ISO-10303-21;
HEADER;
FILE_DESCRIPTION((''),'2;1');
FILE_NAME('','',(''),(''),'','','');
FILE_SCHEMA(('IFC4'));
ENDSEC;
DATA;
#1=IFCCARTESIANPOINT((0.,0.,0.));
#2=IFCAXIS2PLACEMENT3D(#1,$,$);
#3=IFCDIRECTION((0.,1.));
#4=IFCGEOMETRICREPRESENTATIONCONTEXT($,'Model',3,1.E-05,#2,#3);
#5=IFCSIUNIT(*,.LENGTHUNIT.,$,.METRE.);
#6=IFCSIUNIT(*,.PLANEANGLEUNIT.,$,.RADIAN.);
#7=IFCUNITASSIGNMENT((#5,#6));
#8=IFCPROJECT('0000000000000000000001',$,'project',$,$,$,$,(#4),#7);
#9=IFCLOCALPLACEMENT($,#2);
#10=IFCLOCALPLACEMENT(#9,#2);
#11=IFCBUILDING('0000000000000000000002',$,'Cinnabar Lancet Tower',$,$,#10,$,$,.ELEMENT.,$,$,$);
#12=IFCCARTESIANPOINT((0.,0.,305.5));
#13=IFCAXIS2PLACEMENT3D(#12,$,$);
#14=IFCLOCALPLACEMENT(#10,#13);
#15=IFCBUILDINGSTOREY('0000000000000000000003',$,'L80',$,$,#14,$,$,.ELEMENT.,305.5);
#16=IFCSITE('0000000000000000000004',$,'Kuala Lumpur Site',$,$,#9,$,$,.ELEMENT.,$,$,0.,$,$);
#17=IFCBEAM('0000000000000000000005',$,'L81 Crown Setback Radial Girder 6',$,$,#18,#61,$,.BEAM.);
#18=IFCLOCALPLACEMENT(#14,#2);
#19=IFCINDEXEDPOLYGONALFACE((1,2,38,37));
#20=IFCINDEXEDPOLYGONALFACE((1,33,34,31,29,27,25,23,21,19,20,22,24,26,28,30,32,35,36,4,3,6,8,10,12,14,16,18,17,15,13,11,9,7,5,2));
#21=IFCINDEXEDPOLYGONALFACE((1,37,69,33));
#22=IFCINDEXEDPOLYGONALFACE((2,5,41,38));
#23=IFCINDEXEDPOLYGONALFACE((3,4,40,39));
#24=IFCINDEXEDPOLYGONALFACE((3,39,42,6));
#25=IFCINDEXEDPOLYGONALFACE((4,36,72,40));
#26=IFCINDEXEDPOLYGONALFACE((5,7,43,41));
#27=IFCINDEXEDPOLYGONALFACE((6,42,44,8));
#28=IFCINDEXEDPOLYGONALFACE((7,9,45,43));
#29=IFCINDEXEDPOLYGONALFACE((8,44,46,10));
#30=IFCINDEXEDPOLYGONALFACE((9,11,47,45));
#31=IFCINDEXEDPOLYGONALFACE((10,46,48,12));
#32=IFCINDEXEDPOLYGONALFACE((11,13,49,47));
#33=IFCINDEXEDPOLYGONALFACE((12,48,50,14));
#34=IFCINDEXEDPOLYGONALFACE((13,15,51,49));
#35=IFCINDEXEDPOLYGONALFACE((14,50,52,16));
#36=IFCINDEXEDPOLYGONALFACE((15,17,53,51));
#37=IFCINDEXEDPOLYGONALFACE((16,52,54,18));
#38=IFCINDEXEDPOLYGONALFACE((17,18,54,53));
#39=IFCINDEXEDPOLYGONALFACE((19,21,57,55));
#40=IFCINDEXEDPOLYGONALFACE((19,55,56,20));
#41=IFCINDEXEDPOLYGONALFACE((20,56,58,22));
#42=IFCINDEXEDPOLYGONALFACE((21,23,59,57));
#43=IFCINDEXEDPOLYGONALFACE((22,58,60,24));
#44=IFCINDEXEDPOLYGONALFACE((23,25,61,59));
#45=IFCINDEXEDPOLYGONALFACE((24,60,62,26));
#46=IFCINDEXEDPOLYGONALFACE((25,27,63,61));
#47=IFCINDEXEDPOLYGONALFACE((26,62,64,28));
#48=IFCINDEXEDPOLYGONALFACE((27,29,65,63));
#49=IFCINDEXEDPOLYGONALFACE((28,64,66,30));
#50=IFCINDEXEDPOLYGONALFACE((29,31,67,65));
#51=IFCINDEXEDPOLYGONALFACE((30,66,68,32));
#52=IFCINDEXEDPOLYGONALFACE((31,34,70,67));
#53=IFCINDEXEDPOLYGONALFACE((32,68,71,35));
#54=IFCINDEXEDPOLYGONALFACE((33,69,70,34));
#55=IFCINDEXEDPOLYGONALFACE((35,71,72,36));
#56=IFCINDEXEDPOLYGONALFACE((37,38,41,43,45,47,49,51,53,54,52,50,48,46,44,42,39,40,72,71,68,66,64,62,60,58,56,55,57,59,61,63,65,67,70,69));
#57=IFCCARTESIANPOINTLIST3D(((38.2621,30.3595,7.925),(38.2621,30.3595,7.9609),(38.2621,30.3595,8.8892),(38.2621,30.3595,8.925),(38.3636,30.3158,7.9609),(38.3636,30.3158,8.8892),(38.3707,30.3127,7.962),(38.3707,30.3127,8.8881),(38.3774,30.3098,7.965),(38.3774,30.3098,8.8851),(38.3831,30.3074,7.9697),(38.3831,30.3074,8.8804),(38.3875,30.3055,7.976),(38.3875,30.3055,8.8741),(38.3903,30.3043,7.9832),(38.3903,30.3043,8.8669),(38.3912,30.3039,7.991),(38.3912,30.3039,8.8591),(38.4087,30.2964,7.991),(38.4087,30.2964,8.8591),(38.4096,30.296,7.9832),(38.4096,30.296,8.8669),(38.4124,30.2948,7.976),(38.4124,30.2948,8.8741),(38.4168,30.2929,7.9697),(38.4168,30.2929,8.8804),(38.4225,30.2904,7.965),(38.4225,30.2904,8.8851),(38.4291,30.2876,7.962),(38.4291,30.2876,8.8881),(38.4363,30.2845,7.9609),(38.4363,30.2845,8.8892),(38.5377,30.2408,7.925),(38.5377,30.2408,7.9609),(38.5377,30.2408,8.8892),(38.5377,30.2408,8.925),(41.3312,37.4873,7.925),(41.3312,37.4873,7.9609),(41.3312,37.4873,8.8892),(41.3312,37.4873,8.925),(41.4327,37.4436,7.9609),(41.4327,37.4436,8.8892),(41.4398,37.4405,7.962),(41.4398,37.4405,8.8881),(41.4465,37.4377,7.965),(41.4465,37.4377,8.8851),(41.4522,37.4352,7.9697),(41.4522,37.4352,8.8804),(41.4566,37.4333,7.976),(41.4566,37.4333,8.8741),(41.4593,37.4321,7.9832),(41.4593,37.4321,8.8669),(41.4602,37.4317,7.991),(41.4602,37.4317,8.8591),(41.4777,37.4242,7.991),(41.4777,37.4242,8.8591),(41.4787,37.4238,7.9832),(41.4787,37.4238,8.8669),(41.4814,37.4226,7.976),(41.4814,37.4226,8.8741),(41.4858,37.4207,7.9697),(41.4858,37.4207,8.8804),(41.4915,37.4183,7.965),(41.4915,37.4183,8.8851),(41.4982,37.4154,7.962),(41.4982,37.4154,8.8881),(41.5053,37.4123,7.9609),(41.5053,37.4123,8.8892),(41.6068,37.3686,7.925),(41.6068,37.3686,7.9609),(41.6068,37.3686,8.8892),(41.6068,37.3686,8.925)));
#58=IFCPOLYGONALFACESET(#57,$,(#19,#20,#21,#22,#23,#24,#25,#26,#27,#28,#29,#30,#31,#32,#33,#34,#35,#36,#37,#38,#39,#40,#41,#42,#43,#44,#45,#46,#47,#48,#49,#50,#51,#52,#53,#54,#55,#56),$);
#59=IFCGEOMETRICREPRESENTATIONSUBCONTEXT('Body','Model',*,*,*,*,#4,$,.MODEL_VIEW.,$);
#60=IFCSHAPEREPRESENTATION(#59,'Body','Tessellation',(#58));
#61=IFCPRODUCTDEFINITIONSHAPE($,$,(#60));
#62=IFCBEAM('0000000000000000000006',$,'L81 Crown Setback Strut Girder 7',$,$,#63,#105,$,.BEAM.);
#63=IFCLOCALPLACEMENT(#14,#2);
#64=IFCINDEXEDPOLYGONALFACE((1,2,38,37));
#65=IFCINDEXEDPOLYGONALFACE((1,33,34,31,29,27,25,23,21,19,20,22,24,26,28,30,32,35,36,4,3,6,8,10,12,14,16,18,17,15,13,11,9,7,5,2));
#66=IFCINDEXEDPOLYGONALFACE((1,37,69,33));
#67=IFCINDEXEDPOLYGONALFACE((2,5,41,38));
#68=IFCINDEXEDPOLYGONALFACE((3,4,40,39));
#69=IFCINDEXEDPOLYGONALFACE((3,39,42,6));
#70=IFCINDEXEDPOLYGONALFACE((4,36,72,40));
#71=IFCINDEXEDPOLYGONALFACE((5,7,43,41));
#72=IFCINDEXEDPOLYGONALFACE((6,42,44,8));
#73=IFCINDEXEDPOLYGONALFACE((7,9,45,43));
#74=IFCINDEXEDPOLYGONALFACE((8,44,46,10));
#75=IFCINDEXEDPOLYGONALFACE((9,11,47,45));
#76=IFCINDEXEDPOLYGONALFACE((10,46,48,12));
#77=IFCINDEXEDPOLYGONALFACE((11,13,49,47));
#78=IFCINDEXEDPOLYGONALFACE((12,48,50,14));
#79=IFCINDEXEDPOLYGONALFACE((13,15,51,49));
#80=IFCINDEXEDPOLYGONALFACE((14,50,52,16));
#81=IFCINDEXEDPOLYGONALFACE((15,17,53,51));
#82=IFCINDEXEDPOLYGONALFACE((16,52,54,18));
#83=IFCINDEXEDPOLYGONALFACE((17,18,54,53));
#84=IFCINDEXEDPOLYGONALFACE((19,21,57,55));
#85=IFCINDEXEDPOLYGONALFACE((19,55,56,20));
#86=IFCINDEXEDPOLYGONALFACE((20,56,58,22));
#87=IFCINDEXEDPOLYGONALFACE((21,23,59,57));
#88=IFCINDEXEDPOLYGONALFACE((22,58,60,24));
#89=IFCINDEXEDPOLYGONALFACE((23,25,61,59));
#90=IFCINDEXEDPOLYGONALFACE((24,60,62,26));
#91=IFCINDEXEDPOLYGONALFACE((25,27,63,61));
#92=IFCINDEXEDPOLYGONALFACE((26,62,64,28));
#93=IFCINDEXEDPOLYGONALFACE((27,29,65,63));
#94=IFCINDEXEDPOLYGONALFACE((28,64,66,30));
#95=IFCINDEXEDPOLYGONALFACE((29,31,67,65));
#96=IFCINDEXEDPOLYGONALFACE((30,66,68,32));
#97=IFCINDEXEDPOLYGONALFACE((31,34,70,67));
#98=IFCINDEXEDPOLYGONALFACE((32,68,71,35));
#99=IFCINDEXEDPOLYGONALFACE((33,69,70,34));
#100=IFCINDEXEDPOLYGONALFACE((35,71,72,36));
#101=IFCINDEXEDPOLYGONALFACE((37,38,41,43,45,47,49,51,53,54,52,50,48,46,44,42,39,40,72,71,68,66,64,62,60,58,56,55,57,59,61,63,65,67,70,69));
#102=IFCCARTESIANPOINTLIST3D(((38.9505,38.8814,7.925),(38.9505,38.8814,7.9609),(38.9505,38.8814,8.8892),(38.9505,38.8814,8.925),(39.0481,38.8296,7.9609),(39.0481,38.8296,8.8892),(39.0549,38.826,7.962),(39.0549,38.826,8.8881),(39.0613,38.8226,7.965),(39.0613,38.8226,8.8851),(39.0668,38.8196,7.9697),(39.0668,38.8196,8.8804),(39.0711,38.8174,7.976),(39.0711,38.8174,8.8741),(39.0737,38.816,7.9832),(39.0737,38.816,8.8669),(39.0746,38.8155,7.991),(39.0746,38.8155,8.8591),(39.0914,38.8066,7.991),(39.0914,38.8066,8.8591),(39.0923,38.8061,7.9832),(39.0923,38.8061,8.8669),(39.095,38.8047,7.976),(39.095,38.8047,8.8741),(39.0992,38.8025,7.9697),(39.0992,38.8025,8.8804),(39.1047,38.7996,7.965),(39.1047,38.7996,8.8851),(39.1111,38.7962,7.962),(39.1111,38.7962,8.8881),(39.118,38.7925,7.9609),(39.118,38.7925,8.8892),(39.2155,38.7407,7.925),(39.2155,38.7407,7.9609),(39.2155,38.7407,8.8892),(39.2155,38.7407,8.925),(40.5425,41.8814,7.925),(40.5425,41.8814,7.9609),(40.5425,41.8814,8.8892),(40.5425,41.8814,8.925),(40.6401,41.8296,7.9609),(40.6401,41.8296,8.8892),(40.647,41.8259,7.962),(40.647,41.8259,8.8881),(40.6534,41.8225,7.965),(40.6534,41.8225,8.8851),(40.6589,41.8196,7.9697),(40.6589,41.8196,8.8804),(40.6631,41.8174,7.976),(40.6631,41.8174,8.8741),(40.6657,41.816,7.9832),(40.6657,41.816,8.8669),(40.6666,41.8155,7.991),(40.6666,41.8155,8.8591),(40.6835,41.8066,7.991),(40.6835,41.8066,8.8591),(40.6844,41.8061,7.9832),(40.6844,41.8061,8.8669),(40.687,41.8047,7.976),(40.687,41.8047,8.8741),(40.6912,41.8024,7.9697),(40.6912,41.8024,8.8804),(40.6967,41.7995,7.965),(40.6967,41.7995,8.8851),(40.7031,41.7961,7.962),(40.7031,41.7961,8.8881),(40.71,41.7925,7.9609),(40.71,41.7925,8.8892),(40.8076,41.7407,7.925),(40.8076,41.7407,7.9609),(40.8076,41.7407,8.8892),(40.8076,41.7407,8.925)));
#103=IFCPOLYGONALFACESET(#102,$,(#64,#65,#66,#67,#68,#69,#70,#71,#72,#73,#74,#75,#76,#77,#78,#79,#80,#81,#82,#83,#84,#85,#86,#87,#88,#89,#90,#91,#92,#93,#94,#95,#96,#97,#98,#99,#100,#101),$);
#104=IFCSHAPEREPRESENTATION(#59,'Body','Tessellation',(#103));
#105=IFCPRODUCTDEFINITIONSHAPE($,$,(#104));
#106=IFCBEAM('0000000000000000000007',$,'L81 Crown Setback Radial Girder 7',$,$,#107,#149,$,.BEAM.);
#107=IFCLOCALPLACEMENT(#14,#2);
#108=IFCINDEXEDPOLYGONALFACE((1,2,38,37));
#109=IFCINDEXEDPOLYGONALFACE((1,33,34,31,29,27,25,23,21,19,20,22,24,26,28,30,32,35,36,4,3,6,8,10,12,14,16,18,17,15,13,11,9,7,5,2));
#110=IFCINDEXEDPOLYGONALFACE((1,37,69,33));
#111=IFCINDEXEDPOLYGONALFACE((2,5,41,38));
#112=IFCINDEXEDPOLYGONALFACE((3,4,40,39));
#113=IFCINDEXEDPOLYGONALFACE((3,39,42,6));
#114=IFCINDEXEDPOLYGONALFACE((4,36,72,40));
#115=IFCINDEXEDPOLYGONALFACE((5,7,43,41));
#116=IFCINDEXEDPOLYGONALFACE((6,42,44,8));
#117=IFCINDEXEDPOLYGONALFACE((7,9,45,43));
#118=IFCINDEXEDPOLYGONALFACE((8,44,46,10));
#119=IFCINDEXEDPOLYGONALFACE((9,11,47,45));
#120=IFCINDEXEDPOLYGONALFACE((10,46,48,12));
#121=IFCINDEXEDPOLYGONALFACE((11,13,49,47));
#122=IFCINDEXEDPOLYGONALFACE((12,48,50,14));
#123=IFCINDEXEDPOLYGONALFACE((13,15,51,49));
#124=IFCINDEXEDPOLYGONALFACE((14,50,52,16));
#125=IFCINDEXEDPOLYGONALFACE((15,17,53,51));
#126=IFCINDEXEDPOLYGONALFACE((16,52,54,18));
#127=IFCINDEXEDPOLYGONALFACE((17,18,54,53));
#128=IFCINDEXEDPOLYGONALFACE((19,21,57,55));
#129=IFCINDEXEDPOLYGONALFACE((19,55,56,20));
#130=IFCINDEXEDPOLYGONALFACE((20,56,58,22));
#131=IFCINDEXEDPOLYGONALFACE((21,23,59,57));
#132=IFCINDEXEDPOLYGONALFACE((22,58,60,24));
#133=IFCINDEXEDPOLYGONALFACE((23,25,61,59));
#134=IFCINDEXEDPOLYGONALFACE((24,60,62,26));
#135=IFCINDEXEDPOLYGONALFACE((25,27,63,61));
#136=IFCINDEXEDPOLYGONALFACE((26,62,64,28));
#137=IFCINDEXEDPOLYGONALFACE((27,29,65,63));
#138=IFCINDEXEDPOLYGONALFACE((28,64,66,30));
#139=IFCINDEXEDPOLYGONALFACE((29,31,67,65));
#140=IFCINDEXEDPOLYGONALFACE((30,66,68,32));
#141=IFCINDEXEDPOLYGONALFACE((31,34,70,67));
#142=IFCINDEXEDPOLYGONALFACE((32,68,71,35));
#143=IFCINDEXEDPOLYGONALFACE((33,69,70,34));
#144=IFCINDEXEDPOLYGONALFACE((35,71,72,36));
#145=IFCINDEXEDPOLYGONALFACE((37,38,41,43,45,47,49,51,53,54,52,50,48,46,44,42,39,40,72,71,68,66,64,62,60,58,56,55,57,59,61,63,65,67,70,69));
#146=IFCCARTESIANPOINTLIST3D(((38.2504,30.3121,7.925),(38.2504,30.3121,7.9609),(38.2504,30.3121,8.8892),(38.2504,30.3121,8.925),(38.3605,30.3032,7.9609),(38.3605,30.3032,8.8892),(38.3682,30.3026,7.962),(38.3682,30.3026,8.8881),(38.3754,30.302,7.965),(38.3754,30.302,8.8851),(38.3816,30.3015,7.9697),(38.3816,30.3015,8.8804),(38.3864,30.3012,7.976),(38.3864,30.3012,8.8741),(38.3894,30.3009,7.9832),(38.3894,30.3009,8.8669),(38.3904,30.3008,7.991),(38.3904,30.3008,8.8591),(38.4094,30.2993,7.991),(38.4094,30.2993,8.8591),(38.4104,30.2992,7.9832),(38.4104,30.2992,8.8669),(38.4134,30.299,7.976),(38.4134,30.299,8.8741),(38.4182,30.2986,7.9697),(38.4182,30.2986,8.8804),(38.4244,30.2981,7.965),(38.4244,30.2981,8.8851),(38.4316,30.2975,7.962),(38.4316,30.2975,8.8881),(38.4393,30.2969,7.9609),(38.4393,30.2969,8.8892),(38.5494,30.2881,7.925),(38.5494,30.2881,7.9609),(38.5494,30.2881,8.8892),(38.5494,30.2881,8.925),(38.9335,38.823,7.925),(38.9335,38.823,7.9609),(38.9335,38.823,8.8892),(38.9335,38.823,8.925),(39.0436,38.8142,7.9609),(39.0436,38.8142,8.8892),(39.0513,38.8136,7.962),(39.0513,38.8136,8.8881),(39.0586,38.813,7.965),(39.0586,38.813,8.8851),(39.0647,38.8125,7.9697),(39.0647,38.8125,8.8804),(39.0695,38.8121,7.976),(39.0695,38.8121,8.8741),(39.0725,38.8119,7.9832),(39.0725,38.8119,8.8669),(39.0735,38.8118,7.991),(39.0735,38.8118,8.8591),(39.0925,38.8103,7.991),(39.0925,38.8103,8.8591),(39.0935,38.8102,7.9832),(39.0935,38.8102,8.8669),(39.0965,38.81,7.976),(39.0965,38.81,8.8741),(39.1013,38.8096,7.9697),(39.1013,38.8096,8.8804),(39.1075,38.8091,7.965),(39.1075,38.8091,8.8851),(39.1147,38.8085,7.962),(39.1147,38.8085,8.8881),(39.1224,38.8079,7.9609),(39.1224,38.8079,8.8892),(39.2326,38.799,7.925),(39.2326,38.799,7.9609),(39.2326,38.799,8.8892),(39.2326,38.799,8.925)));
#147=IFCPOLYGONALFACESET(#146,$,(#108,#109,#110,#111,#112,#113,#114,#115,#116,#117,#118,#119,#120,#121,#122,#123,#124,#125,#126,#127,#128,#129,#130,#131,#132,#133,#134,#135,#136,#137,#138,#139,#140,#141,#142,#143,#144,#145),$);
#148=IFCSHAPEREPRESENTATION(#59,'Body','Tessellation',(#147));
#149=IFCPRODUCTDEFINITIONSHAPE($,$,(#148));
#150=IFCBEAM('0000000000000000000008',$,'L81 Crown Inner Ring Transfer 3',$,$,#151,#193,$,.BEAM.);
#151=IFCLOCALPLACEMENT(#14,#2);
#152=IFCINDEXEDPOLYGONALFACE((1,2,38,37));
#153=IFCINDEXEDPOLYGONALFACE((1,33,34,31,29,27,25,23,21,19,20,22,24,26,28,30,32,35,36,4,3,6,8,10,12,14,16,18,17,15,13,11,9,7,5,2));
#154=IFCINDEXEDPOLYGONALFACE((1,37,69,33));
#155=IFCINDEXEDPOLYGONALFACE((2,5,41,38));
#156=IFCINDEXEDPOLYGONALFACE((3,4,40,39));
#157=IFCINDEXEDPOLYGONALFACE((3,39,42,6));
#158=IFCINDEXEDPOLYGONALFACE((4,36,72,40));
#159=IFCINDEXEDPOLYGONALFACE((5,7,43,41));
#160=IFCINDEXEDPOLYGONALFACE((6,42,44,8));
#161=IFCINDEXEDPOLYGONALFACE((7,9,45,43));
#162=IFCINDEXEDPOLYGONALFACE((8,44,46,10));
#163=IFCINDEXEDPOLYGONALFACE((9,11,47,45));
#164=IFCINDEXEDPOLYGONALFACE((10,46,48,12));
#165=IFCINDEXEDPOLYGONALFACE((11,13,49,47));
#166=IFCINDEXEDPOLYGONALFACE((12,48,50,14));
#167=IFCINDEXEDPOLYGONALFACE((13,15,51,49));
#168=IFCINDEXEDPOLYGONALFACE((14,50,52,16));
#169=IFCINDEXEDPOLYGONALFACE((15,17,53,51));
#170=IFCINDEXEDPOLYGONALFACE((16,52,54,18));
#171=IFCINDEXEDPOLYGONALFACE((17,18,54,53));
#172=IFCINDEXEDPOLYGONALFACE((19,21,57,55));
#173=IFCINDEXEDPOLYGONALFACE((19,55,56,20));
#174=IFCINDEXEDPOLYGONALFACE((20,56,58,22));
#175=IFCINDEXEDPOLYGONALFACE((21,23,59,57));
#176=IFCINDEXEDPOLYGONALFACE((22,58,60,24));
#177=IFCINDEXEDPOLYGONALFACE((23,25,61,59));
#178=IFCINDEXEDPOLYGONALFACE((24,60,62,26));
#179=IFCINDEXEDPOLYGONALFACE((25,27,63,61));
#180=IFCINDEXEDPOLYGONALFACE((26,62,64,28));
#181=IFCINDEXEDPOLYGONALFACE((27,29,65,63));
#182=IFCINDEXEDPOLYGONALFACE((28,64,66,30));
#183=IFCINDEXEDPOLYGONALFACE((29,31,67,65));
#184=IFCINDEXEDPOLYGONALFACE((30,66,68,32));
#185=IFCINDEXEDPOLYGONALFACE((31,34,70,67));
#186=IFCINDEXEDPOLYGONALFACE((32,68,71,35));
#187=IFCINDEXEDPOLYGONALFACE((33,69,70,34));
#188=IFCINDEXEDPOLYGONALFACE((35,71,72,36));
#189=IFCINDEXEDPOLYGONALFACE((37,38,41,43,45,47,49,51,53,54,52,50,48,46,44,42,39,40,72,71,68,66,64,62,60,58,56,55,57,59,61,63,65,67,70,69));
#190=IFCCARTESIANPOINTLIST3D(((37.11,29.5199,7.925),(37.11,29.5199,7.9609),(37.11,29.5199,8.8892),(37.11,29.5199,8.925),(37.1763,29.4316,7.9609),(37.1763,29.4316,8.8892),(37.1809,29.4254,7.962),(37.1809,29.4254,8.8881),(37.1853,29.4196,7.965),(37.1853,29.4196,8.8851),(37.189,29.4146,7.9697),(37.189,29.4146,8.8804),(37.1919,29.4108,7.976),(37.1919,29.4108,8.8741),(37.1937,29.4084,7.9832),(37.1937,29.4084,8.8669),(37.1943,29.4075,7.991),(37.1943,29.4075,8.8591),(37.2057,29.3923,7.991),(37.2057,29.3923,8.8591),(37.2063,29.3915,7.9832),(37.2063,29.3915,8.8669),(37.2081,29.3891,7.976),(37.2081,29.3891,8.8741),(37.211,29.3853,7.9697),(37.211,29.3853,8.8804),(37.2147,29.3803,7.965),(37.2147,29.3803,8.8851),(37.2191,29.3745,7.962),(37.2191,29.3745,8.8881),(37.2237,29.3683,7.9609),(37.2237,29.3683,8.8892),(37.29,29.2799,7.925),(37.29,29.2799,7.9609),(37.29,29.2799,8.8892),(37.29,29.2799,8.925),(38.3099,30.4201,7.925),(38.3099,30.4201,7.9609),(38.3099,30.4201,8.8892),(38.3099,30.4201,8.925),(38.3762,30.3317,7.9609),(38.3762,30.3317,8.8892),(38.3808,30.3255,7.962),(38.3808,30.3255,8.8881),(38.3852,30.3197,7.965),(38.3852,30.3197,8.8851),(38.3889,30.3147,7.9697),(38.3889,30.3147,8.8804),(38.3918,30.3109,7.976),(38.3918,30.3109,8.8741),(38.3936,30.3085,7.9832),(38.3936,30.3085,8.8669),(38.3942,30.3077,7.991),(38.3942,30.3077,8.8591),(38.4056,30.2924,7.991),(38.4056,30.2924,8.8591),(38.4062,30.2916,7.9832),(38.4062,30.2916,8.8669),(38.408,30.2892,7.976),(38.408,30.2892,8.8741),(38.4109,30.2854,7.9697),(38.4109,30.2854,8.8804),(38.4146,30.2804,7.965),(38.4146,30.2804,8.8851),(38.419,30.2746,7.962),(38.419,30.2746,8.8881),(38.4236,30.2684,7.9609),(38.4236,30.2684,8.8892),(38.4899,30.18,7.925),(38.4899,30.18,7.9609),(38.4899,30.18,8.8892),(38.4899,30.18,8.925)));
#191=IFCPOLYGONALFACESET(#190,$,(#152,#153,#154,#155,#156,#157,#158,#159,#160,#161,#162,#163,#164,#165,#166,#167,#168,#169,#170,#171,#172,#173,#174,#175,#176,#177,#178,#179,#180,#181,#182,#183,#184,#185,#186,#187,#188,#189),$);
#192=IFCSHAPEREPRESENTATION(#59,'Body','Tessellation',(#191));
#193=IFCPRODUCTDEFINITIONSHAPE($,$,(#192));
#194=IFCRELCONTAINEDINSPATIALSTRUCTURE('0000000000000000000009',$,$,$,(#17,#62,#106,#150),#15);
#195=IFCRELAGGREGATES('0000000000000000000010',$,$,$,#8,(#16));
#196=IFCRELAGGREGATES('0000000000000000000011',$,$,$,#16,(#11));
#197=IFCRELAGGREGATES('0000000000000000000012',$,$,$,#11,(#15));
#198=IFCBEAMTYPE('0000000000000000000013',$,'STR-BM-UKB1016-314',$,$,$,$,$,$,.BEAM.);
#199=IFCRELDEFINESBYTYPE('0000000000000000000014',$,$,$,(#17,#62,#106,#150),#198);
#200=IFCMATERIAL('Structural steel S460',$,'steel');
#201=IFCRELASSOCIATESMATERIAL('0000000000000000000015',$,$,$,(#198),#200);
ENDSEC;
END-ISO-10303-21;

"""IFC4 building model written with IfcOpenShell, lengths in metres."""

from ifc_helpers import new_model, si_unit, direction, frame, origin, origin_2d, place, context, subcontext, project, spatial, i_section, extrude, material, material_profile, profile_set, type_object, element, save


model = new_model("IFC4")

# Units and contexts
model_context = context("Model", 3, precision=1e-05, world=origin(), true_north=direction((0.0, 1.0)))
body_context = subcontext(model_context, "Body", "Model", "MODEL_VIEW")
ifc_project = project(units=[si_unit("LENGTHUNIT", "METRE"), si_unit("PLANEANGLEUNIT", "RADIAN")], contexts=[model_context])

# Site, building, storey
site_placement = place(None, origin())
site = spatial("IfcSite", under=ifc_project, at=site_placement, Name="Kuala Lumpur Site", CompositionType="ELEMENT", RefElevation=0.0)
building_placement = place(site_placement, origin())
building = spatial("IfcBuilding", under=site, at=building_placement, Name="Cinnabar Lancet Tower", CompositionType="ELEMENT")
storey_placement = place(building_placement, frame((0.0, 0.0, 305.5)))
storey = spatial("IfcBuildingStorey", under=building, at=storey_placement, Name="L80", CompositionType="ELEMENT", Elevation=305.5)

# Beams
ifc_material_1 = material(Name="Structural steel S460", Category="steel")
ifc_material_profile_1 = material_profile(ifc_material_1, i_section(OverallWidth=0.3, OverallDepth=1.0, WebThickness=0.019, FlangeThickness=0.0359, FilletRadius=0.03, at=origin_2d()), Name="UKB 1016x305x314")
ifc_profile_set_1 = profile_set([ifc_material_profile_1], Name="Structural steel S460")
beam_type = type_object("IfcBeamType", Name="STR-BM-UKB1016-314", PredefinedType="BEAM", material=ifc_profile_set_1)
beam_1_placement = place(storey_placement, frame((41.469, 37.428, 8.425), z_axis=(-0.395472, -0.918478, 0.0), x_axis=(0.918478, -0.395472, 0.0)))
element("IfcBeam", 1, at=beam_1_placement, inside=storey, type_object=beam_type, Name="L81 Crown Setback Radial Girder 6", PredefinedType="BEAM", context=body_context, shape_type="SweptSolid", body=[
    extrude(i_section(OverallWidth=0.3, OverallDepth=1.0, WebThickness=0.019, FlangeThickness=0.0359, FilletRadius=0.03, at=origin_2d()), origin(), (0.0, 0.0, 1.0), 7.7605),
])
beam_2_placement = place(storey_placement, frame((40.675, 41.811, 8.425), z_axis=(-0.468763, -0.883324, 0.0), x_axis=(0.883324, -0.468763, 0.0)))
element("IfcBeam", 2, at=beam_2_placement, inside=storey, type_object=beam_type, Name="L81 Crown Setback Strut Girder 7", PredefinedType="BEAM", context=body_context, shape_type="SweptSolid", body=[
    extrude(i_section(OverallWidth=0.3, OverallDepth=1.0, WebThickness=0.019, FlangeThickness=0.0359, FilletRadius=0.03, at=origin_2d()), origin(), (0.0, 0.0, 1.0), 3.3962),
])
beam_3_placement = place(storey_placement, frame((39.083, 38.811, 8.425), z_axis=(-0.080004, -0.996795, 0.0), x_axis=(0.996795, -0.080004, 0.0)))
element("IfcBeam", 3, at=beam_3_placement, inside=storey, type_object=beam_type, Name="L81 Crown Setback Radial Girder 7", PredefinedType="BEAM", context=body_context, shape_type="SweptSolid", body=[
    extrude(i_section(OverallWidth=0.3, OverallDepth=1.0, WebThickness=0.019, FlangeThickness=0.0359, FilletRadius=0.03, at=origin_2d()), origin(), (0.0, 0.0, 1.0), 8.5383),
])
beam_4_placement = place(storey_placement, frame((38.3999, 30.3, 8.425), z_axis=(-0.799941, -0.600078, 0.0), x_axis=(0.600078, -0.799941, 0.0)))
element("IfcBeam", 4, at=beam_4_placement, inside=storey, type_object=beam_type, Name="L81 Crown Inner Ring Transfer 3", PredefinedType="BEAM", context=body_context, shape_type="SweptSolid", body=[
    extrude(i_section(OverallWidth=0.3, OverallDepth=1.0, WebThickness=0.019, FlangeThickness=0.0359, FilletRadius=0.03, at=origin_2d()), origin(), (0.0, 0.0, 1.0), 1.5),
])

save(model, "model.ifc")
